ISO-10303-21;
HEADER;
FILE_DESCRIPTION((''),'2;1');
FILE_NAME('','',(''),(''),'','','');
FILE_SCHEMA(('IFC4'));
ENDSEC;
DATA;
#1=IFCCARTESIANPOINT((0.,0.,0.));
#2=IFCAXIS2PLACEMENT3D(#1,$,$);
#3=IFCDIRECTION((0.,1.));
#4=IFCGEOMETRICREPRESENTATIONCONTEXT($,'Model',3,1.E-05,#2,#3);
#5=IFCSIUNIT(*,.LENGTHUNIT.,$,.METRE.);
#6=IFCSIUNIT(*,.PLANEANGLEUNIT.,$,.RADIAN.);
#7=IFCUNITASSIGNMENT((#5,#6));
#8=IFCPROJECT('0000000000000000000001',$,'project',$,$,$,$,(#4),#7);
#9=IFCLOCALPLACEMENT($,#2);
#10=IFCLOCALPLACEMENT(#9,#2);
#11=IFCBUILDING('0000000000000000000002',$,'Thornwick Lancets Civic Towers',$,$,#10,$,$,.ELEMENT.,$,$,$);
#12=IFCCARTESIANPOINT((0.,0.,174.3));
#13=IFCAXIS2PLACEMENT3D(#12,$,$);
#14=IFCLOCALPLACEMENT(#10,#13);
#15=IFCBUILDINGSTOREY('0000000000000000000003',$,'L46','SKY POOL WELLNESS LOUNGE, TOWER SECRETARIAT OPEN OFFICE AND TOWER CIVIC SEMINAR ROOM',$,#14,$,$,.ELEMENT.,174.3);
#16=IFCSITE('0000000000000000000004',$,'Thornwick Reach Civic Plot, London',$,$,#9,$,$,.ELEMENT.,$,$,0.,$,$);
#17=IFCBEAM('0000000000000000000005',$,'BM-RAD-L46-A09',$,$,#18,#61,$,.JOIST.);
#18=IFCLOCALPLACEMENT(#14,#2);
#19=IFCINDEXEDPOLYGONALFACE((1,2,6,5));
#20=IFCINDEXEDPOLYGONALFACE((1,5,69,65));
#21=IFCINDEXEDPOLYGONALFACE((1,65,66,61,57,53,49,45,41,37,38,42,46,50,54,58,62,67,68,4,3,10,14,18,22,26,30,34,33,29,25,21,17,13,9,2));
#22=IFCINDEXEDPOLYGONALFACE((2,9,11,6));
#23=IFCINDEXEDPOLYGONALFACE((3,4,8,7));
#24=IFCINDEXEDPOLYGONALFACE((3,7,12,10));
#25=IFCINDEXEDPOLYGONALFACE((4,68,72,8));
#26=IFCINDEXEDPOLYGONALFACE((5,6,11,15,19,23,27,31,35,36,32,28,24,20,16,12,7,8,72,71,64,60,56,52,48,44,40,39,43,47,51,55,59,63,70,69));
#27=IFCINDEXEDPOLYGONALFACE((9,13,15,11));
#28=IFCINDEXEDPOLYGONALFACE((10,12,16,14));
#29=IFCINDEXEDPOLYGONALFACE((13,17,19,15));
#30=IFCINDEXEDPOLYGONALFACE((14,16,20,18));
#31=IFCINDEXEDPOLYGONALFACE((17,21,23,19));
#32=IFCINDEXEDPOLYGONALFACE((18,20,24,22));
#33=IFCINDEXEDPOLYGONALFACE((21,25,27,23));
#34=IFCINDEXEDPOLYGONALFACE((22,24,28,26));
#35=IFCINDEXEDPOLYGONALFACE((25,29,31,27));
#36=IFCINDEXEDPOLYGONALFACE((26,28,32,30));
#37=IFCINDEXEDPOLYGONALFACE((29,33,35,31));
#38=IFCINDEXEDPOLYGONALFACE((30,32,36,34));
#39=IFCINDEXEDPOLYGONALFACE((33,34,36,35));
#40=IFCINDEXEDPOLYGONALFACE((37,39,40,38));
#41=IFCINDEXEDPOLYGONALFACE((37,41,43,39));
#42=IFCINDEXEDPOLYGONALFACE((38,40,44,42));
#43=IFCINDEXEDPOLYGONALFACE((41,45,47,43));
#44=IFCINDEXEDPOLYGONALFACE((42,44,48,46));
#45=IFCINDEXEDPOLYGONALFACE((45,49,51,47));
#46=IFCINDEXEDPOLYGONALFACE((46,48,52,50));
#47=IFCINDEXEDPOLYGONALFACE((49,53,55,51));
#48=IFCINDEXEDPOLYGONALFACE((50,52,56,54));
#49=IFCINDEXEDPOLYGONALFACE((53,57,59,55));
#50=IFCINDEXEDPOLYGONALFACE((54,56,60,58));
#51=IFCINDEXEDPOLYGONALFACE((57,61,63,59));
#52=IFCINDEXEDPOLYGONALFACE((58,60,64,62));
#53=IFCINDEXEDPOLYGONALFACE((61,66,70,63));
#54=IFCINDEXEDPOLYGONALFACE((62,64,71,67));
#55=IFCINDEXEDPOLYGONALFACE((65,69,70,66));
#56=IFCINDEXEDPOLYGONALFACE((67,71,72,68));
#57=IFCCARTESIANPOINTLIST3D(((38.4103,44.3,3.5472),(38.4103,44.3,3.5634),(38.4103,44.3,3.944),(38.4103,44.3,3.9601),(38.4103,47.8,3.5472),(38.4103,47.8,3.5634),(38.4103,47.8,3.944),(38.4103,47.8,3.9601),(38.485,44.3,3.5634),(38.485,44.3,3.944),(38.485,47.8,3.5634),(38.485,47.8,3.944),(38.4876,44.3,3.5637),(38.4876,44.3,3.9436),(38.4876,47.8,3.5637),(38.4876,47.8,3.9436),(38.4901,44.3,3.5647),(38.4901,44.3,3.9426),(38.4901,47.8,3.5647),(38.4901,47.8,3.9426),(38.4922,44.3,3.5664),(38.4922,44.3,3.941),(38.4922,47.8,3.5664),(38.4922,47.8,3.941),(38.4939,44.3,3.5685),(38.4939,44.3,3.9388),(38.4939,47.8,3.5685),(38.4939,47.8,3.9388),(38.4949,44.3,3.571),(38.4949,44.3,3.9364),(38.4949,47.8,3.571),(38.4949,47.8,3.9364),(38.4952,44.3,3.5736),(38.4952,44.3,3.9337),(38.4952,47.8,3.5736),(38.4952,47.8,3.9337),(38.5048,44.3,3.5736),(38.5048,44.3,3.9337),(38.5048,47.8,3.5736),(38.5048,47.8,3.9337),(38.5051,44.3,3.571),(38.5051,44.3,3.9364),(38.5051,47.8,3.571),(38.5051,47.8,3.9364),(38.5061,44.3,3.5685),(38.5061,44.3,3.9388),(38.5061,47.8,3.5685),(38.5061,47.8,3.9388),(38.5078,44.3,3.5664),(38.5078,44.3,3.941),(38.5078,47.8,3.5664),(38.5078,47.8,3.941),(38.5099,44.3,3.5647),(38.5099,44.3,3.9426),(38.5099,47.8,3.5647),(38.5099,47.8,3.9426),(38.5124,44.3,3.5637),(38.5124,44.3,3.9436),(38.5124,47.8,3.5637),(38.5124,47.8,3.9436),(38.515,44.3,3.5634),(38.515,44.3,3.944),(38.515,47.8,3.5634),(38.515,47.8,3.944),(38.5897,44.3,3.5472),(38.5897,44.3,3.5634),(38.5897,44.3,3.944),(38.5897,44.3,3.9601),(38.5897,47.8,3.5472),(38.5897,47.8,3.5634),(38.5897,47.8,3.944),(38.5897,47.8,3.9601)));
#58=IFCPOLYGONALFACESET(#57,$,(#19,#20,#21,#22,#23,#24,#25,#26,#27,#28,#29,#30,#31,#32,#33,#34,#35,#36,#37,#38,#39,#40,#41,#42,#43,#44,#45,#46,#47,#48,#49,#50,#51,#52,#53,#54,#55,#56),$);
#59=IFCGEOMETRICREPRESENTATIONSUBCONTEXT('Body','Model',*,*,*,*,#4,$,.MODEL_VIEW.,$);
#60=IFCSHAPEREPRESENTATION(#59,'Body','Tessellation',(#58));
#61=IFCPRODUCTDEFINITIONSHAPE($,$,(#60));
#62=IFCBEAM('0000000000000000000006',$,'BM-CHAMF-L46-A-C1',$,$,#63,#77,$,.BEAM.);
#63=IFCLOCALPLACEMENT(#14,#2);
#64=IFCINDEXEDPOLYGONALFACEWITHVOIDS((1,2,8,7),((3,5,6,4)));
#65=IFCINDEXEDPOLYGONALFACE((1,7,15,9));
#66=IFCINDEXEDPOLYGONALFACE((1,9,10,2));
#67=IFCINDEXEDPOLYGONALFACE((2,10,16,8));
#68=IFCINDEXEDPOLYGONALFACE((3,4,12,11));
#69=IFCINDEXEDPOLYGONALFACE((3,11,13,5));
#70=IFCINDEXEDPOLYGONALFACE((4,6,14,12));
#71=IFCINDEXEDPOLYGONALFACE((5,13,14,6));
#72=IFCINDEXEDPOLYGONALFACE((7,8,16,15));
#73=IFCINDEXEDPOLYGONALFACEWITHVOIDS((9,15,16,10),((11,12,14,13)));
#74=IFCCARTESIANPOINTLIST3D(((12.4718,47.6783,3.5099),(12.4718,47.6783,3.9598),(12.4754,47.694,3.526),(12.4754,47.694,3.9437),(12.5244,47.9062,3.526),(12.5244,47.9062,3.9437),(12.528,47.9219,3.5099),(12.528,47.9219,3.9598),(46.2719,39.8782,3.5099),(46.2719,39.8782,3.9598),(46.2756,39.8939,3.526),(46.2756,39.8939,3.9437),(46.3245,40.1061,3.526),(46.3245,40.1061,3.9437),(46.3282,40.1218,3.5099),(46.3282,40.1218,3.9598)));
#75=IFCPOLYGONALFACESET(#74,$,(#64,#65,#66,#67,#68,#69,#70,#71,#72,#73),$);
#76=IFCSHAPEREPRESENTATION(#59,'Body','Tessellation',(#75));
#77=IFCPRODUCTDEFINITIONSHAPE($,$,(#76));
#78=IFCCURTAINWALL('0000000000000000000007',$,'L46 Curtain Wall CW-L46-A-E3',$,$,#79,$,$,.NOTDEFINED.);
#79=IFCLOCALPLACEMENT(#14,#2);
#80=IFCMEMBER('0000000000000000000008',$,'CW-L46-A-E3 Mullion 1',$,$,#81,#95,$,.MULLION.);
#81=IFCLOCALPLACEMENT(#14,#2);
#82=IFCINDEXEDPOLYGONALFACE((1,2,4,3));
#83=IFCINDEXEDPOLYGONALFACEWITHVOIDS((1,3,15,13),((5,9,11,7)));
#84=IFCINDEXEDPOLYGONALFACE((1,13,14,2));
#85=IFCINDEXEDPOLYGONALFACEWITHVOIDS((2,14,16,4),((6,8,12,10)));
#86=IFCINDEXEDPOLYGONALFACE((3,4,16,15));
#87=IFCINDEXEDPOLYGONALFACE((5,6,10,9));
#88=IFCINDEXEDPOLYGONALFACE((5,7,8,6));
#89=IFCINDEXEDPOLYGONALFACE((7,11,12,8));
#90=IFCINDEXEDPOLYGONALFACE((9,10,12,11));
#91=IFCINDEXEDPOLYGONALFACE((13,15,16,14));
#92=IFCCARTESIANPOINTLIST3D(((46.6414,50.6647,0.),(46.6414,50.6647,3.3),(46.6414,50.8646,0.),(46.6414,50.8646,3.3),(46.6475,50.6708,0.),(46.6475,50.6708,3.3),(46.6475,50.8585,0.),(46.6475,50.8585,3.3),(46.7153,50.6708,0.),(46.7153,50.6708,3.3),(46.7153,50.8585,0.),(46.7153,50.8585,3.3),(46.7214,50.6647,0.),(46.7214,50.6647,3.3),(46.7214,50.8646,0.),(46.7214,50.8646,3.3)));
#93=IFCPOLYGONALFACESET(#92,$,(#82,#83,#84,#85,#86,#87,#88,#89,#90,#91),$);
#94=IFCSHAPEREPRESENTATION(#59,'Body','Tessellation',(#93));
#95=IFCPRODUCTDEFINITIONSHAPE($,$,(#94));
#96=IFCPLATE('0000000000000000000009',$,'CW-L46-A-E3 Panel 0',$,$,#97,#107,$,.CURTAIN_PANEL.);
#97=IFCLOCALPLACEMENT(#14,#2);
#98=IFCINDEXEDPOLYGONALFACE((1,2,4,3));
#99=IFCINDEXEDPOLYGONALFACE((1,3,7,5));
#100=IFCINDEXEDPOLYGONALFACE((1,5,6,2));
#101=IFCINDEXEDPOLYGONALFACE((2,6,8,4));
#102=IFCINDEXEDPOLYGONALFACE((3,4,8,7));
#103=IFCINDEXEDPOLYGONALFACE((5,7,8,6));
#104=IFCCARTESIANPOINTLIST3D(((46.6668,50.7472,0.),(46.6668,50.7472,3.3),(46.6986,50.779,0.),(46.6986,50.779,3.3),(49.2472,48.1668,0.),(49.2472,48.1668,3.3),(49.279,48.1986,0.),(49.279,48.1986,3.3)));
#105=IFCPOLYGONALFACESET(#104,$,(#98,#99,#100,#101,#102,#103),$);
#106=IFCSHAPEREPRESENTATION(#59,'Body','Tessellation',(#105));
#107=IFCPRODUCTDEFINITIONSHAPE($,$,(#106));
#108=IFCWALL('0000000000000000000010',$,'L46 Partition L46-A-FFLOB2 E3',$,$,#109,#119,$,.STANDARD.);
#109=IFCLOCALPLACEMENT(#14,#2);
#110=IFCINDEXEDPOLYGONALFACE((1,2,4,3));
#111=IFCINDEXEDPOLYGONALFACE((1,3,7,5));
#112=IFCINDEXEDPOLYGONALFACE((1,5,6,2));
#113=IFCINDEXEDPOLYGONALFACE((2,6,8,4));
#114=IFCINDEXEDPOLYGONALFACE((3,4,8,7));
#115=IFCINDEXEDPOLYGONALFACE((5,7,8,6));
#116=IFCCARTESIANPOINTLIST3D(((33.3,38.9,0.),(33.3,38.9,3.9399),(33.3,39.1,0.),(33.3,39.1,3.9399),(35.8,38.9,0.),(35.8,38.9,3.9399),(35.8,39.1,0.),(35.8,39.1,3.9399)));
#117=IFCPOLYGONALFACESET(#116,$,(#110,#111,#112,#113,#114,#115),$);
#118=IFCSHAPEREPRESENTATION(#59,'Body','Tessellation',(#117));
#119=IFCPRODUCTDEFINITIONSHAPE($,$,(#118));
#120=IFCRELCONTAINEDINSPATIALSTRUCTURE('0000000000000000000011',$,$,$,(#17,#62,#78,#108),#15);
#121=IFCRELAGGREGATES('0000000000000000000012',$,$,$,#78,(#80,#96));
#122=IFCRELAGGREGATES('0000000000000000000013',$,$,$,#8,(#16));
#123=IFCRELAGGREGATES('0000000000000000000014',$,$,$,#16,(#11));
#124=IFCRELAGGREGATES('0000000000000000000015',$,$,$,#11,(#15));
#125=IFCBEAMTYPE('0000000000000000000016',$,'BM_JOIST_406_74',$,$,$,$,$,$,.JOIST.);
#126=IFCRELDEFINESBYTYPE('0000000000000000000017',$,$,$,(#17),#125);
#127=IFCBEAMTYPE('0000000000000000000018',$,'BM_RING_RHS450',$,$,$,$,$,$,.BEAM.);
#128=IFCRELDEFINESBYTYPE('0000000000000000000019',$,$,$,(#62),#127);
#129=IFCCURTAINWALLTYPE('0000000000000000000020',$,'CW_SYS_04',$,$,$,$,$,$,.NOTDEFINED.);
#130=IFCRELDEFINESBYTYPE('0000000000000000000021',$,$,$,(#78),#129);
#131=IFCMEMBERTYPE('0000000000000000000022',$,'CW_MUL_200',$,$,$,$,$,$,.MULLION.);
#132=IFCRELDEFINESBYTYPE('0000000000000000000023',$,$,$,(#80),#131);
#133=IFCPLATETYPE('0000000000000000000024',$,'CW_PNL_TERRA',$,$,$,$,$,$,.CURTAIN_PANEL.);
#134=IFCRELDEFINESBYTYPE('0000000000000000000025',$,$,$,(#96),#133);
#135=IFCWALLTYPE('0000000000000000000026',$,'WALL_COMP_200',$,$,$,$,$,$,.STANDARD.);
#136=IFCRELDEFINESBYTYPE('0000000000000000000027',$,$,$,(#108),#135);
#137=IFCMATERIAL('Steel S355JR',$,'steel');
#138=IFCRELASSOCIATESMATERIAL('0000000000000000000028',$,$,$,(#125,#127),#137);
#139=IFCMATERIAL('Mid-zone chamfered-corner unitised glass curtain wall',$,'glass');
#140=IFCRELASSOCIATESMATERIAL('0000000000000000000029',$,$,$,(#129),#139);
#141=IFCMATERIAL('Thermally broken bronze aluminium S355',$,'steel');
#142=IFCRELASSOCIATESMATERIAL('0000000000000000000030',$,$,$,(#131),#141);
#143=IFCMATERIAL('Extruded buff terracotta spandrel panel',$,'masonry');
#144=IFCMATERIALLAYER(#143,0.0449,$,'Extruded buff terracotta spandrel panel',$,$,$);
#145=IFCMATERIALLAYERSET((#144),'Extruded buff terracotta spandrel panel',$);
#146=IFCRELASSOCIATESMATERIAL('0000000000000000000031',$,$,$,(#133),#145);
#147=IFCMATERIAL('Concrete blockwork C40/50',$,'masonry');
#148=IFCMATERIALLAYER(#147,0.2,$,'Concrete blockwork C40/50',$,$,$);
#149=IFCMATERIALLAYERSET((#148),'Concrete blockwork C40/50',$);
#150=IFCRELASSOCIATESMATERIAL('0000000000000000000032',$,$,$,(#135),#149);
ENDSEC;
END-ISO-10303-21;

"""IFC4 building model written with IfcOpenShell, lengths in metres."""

from ifc_helpers import new_model, si_unit, direction, frame, frame_2d, origin, origin_2d, place, context, subcontext, project, spatial, rectangle, hollow_rectangle, i_section, extrude, material, layer, layer_set, material_profile, profile_set, type_object, element, aggregate, save


model = new_model("IFC4")

# Units and contexts
model_context = context("Model", 3, precision=1e-05, world=origin(), true_north=direction((0.0, 1.0)))
body_context = subcontext(model_context, "Body", "Model", "MODEL_VIEW")
ifc_project = project(units=[si_unit("LENGTHUNIT", "METRE"), si_unit("PLANEANGLEUNIT", "RADIAN")], contexts=[model_context])

# Site, building, storey
site_placement = place(None, origin())
site = spatial("IfcSite", under=ifc_project, at=site_placement, Name="Thornwick Reach Civic Plot, London", CompositionType="ELEMENT", RefElevation=0.0)
building_placement = place(site_placement, origin())
building = spatial("IfcBuilding", under=site, at=building_placement, Name="Thornwick Lancets Civic Towers", CompositionType="ELEMENT")
storey_placement = place(building_placement, frame((0.0, 0.0, 174.3)))
storey = spatial("IfcBuildingStorey", under=building, at=storey_placement, Name="L46", Description="SKY POOL WELLNESS LOUNGE, TOWER SECRETARIAT OPEN OFFICE AND TOWER CIVIC SEMINAR ROOM", CompositionType="ELEMENT", Elevation=174.3)

# Beams
ifc_material_1 = material(Name="Steel S355JR", Category="steel")
ifc_material_profile_1 = material_profile(ifc_material_1, i_section(OverallWidth=0.1794, OverallDepth=0.4128, WebThickness=0.0095, FlangeThickness=0.0161, FilletRadius=0.0103, at=origin_2d()), Name="UKB 406x178x74")
ifc_profile_set_1 = profile_set([ifc_material_profile_1], Name="Steel S355JR")
beam_type_1 = type_object("IfcBeamType", Name="BM_JOIST_406_74", PredefinedType="JOIST", material=ifc_profile_set_1)
for number, where, z_axis, x_axis, name in (
    (1, (38.5, 44.3, 3.7537), (0.0, 1.0, 0.0), (-1.0, 0.0, 0.0), "BM-RAD-L46-A09"),
):
    element("IfcBeam", number, at=place(storey_placement, frame(where, z_axis=z_axis, x_axis=x_axis)), inside=storey, type_object=beam_type_1, Name=name, PredefinedType="JOIST", context=body_context, shape_type="SweptSolid", body=[
        extrude(i_section(OverallWidth=0.1794, OverallDepth=0.4128, WebThickness=0.0095, FlangeThickness=0.0161, FilletRadius=0.0103, at=origin_2d()), origin(), (0.0, 0.0, 1.0), 3.5),
    ])
ifc_material_profile_2 = material_profile(ifc_material_1, hollow_rectangle(XDim=0.25, YDim=0.45, WallThickness=0.0161, at=origin_2d()), Name="RHS 450x250x16")
ifc_profile_set_2 = profile_set([ifc_material_profile_2], Name="Steel S355JR")
beam_type_2 = type_object("IfcBeamType", Name="BM_RING_RHS450", PredefinedType="BEAM", material=ifc_profile_set_2)
beam_placement = place(storey_placement, frame((46.3, 40.0, 3.7349), z_axis=(-0.974391, 0.224861, 0.0), x_axis=(-0.224861, -0.974391, 0.0)))
element("IfcBeam", 2, at=beam_placement, inside=storey, type_object=beam_type_2, Name="BM-CHAMF-L46-A-C1", PredefinedType="BEAM", context=body_context, shape_type="SweptSolid", body=[
    extrude(hollow_rectangle(XDim=0.25, YDim=0.45, WallThickness=0.0161, at=origin_2d()), origin(), (0.0, 0.0, 1.0), 34.6885),
])

# Curtain wall, member, plate
ifc_material_2 = material(Name="Mid-zone chamfered-corner unitised glass curtain wall", Category="glass")
curtain_wall_type = type_object("IfcCurtainWallType", Name="CW_SYS_04", PredefinedType="NOTDEFINED", material=ifc_material_2)
curtain_wall_placement = place(storey_placement, origin())
curtain_wall = element("IfcCurtainWall", 3, at=curtain_wall_placement, inside=storey, type_object=curtain_wall_type, Name="L46 Curtain Wall CW-L46-A-E3", PredefinedType="NOTDEFINED")
ifc_material_3 = material(Name="Thermally broken bronze aluminium S355", Category="steel")
ifc_material_profile_3 = material_profile(ifc_material_3, hollow_rectangle(XDim=0.0801, YDim=0.2, WallThickness=0.0061, at=origin_2d()), Name="RHS 200x80x6")
ifc_profile_set_3 = profile_set([ifc_material_profile_3], Name="Thermally broken bronze aluminium S355")
member_type = type_object("IfcMemberType", Name="CW_MUL_200", PredefinedType="MULLION", material=ifc_profile_set_3)
member_placement = place(storey_placement, frame((46.6814, 50.7646, 0.0), z_axis=(0.0, 0.0, 1.0), x_axis=(1.0, 0.0, 0.0)))
member = element("IfcMember", 4, at=member_placement, type_object=member_type, Name="CW-L46-A-E3 Mullion 1", PredefinedType="MULLION", context=body_context, shape_type="SweptSolid", body=[
    extrude(hollow_rectangle(XDim=0.0801, YDim=0.2, WallThickness=0.0061, at=origin_2d()), origin(), (0.0, 0.0, 1.0), 3.3),
])
ifc_material_4 = material(Name="Extruded buff terracotta spandrel panel", Category="masonry")
ifc_layer_1 = layer(ifc_material_4, 0.0449, Name="Extruded buff terracotta spandrel panel")
ifc_layer_set_1 = layer_set([ifc_layer_1], Name="Extruded buff terracotta spandrel panel")
plate_type = type_object("IfcPlateType", Name="CW_PNL_TERRA", PredefinedType="CURTAIN_PANEL", material=ifc_layer_set_1)
plate_placement = place(storey_placement, frame((47.9729, 49.4729, 0.0), z_axis=(0.0, 0.0, 1.0), x_axis=(-0.707107, 0.707107, 0.0)))
plate = element("IfcPlate", 5, at=plate_placement, type_object=plate_type, Name="CW-L46-A-E3 Panel 0", PredefinedType="CURTAIN_PANEL", context=body_context, shape_type="SweptSolid", body=[
    extrude(rectangle(XDim=3.6492, YDim=0.0449, at=origin_2d()), origin(), (0.0, 0.0, 1.0), 3.3),
])
aggregate(curtain_wall, [member, plate])

# Wall
ifc_material_5 = material(Name="Concrete blockwork C40/50", Category="masonry")
ifc_layer_2 = layer(ifc_material_5, 0.2, Name="Concrete blockwork C40/50")
ifc_layer_set_2 = layer_set([ifc_layer_2], Name="Concrete blockwork C40/50")
wall_type_1 = type_object("IfcWallType", Name="WALL_COMP_200", PredefinedType="STANDARD", material=ifc_layer_set_2)
wall_1_placement = place(storey_placement, frame((35.8, 39.0, 0.0), z_axis=(0.0, 0.0, 1.0), x_axis=(-1.0, 0.0, 0.0)))
element("IfcWall", 6, at=wall_1_placement, inside=storey, type_object=wall_type_1, Name="L46 Partition L46-A-FFLOB2 E3", PredefinedType="STANDARD", context=body_context, shape_type="SweptSolid", body=[
    extrude(rectangle(XDim=2.5, YDim=0.2, at=frame_2d((1.25, 0.0))), origin(), (0.0, 0.0, 1.0), 3.9399),
])

save(model, "model.ifc")
